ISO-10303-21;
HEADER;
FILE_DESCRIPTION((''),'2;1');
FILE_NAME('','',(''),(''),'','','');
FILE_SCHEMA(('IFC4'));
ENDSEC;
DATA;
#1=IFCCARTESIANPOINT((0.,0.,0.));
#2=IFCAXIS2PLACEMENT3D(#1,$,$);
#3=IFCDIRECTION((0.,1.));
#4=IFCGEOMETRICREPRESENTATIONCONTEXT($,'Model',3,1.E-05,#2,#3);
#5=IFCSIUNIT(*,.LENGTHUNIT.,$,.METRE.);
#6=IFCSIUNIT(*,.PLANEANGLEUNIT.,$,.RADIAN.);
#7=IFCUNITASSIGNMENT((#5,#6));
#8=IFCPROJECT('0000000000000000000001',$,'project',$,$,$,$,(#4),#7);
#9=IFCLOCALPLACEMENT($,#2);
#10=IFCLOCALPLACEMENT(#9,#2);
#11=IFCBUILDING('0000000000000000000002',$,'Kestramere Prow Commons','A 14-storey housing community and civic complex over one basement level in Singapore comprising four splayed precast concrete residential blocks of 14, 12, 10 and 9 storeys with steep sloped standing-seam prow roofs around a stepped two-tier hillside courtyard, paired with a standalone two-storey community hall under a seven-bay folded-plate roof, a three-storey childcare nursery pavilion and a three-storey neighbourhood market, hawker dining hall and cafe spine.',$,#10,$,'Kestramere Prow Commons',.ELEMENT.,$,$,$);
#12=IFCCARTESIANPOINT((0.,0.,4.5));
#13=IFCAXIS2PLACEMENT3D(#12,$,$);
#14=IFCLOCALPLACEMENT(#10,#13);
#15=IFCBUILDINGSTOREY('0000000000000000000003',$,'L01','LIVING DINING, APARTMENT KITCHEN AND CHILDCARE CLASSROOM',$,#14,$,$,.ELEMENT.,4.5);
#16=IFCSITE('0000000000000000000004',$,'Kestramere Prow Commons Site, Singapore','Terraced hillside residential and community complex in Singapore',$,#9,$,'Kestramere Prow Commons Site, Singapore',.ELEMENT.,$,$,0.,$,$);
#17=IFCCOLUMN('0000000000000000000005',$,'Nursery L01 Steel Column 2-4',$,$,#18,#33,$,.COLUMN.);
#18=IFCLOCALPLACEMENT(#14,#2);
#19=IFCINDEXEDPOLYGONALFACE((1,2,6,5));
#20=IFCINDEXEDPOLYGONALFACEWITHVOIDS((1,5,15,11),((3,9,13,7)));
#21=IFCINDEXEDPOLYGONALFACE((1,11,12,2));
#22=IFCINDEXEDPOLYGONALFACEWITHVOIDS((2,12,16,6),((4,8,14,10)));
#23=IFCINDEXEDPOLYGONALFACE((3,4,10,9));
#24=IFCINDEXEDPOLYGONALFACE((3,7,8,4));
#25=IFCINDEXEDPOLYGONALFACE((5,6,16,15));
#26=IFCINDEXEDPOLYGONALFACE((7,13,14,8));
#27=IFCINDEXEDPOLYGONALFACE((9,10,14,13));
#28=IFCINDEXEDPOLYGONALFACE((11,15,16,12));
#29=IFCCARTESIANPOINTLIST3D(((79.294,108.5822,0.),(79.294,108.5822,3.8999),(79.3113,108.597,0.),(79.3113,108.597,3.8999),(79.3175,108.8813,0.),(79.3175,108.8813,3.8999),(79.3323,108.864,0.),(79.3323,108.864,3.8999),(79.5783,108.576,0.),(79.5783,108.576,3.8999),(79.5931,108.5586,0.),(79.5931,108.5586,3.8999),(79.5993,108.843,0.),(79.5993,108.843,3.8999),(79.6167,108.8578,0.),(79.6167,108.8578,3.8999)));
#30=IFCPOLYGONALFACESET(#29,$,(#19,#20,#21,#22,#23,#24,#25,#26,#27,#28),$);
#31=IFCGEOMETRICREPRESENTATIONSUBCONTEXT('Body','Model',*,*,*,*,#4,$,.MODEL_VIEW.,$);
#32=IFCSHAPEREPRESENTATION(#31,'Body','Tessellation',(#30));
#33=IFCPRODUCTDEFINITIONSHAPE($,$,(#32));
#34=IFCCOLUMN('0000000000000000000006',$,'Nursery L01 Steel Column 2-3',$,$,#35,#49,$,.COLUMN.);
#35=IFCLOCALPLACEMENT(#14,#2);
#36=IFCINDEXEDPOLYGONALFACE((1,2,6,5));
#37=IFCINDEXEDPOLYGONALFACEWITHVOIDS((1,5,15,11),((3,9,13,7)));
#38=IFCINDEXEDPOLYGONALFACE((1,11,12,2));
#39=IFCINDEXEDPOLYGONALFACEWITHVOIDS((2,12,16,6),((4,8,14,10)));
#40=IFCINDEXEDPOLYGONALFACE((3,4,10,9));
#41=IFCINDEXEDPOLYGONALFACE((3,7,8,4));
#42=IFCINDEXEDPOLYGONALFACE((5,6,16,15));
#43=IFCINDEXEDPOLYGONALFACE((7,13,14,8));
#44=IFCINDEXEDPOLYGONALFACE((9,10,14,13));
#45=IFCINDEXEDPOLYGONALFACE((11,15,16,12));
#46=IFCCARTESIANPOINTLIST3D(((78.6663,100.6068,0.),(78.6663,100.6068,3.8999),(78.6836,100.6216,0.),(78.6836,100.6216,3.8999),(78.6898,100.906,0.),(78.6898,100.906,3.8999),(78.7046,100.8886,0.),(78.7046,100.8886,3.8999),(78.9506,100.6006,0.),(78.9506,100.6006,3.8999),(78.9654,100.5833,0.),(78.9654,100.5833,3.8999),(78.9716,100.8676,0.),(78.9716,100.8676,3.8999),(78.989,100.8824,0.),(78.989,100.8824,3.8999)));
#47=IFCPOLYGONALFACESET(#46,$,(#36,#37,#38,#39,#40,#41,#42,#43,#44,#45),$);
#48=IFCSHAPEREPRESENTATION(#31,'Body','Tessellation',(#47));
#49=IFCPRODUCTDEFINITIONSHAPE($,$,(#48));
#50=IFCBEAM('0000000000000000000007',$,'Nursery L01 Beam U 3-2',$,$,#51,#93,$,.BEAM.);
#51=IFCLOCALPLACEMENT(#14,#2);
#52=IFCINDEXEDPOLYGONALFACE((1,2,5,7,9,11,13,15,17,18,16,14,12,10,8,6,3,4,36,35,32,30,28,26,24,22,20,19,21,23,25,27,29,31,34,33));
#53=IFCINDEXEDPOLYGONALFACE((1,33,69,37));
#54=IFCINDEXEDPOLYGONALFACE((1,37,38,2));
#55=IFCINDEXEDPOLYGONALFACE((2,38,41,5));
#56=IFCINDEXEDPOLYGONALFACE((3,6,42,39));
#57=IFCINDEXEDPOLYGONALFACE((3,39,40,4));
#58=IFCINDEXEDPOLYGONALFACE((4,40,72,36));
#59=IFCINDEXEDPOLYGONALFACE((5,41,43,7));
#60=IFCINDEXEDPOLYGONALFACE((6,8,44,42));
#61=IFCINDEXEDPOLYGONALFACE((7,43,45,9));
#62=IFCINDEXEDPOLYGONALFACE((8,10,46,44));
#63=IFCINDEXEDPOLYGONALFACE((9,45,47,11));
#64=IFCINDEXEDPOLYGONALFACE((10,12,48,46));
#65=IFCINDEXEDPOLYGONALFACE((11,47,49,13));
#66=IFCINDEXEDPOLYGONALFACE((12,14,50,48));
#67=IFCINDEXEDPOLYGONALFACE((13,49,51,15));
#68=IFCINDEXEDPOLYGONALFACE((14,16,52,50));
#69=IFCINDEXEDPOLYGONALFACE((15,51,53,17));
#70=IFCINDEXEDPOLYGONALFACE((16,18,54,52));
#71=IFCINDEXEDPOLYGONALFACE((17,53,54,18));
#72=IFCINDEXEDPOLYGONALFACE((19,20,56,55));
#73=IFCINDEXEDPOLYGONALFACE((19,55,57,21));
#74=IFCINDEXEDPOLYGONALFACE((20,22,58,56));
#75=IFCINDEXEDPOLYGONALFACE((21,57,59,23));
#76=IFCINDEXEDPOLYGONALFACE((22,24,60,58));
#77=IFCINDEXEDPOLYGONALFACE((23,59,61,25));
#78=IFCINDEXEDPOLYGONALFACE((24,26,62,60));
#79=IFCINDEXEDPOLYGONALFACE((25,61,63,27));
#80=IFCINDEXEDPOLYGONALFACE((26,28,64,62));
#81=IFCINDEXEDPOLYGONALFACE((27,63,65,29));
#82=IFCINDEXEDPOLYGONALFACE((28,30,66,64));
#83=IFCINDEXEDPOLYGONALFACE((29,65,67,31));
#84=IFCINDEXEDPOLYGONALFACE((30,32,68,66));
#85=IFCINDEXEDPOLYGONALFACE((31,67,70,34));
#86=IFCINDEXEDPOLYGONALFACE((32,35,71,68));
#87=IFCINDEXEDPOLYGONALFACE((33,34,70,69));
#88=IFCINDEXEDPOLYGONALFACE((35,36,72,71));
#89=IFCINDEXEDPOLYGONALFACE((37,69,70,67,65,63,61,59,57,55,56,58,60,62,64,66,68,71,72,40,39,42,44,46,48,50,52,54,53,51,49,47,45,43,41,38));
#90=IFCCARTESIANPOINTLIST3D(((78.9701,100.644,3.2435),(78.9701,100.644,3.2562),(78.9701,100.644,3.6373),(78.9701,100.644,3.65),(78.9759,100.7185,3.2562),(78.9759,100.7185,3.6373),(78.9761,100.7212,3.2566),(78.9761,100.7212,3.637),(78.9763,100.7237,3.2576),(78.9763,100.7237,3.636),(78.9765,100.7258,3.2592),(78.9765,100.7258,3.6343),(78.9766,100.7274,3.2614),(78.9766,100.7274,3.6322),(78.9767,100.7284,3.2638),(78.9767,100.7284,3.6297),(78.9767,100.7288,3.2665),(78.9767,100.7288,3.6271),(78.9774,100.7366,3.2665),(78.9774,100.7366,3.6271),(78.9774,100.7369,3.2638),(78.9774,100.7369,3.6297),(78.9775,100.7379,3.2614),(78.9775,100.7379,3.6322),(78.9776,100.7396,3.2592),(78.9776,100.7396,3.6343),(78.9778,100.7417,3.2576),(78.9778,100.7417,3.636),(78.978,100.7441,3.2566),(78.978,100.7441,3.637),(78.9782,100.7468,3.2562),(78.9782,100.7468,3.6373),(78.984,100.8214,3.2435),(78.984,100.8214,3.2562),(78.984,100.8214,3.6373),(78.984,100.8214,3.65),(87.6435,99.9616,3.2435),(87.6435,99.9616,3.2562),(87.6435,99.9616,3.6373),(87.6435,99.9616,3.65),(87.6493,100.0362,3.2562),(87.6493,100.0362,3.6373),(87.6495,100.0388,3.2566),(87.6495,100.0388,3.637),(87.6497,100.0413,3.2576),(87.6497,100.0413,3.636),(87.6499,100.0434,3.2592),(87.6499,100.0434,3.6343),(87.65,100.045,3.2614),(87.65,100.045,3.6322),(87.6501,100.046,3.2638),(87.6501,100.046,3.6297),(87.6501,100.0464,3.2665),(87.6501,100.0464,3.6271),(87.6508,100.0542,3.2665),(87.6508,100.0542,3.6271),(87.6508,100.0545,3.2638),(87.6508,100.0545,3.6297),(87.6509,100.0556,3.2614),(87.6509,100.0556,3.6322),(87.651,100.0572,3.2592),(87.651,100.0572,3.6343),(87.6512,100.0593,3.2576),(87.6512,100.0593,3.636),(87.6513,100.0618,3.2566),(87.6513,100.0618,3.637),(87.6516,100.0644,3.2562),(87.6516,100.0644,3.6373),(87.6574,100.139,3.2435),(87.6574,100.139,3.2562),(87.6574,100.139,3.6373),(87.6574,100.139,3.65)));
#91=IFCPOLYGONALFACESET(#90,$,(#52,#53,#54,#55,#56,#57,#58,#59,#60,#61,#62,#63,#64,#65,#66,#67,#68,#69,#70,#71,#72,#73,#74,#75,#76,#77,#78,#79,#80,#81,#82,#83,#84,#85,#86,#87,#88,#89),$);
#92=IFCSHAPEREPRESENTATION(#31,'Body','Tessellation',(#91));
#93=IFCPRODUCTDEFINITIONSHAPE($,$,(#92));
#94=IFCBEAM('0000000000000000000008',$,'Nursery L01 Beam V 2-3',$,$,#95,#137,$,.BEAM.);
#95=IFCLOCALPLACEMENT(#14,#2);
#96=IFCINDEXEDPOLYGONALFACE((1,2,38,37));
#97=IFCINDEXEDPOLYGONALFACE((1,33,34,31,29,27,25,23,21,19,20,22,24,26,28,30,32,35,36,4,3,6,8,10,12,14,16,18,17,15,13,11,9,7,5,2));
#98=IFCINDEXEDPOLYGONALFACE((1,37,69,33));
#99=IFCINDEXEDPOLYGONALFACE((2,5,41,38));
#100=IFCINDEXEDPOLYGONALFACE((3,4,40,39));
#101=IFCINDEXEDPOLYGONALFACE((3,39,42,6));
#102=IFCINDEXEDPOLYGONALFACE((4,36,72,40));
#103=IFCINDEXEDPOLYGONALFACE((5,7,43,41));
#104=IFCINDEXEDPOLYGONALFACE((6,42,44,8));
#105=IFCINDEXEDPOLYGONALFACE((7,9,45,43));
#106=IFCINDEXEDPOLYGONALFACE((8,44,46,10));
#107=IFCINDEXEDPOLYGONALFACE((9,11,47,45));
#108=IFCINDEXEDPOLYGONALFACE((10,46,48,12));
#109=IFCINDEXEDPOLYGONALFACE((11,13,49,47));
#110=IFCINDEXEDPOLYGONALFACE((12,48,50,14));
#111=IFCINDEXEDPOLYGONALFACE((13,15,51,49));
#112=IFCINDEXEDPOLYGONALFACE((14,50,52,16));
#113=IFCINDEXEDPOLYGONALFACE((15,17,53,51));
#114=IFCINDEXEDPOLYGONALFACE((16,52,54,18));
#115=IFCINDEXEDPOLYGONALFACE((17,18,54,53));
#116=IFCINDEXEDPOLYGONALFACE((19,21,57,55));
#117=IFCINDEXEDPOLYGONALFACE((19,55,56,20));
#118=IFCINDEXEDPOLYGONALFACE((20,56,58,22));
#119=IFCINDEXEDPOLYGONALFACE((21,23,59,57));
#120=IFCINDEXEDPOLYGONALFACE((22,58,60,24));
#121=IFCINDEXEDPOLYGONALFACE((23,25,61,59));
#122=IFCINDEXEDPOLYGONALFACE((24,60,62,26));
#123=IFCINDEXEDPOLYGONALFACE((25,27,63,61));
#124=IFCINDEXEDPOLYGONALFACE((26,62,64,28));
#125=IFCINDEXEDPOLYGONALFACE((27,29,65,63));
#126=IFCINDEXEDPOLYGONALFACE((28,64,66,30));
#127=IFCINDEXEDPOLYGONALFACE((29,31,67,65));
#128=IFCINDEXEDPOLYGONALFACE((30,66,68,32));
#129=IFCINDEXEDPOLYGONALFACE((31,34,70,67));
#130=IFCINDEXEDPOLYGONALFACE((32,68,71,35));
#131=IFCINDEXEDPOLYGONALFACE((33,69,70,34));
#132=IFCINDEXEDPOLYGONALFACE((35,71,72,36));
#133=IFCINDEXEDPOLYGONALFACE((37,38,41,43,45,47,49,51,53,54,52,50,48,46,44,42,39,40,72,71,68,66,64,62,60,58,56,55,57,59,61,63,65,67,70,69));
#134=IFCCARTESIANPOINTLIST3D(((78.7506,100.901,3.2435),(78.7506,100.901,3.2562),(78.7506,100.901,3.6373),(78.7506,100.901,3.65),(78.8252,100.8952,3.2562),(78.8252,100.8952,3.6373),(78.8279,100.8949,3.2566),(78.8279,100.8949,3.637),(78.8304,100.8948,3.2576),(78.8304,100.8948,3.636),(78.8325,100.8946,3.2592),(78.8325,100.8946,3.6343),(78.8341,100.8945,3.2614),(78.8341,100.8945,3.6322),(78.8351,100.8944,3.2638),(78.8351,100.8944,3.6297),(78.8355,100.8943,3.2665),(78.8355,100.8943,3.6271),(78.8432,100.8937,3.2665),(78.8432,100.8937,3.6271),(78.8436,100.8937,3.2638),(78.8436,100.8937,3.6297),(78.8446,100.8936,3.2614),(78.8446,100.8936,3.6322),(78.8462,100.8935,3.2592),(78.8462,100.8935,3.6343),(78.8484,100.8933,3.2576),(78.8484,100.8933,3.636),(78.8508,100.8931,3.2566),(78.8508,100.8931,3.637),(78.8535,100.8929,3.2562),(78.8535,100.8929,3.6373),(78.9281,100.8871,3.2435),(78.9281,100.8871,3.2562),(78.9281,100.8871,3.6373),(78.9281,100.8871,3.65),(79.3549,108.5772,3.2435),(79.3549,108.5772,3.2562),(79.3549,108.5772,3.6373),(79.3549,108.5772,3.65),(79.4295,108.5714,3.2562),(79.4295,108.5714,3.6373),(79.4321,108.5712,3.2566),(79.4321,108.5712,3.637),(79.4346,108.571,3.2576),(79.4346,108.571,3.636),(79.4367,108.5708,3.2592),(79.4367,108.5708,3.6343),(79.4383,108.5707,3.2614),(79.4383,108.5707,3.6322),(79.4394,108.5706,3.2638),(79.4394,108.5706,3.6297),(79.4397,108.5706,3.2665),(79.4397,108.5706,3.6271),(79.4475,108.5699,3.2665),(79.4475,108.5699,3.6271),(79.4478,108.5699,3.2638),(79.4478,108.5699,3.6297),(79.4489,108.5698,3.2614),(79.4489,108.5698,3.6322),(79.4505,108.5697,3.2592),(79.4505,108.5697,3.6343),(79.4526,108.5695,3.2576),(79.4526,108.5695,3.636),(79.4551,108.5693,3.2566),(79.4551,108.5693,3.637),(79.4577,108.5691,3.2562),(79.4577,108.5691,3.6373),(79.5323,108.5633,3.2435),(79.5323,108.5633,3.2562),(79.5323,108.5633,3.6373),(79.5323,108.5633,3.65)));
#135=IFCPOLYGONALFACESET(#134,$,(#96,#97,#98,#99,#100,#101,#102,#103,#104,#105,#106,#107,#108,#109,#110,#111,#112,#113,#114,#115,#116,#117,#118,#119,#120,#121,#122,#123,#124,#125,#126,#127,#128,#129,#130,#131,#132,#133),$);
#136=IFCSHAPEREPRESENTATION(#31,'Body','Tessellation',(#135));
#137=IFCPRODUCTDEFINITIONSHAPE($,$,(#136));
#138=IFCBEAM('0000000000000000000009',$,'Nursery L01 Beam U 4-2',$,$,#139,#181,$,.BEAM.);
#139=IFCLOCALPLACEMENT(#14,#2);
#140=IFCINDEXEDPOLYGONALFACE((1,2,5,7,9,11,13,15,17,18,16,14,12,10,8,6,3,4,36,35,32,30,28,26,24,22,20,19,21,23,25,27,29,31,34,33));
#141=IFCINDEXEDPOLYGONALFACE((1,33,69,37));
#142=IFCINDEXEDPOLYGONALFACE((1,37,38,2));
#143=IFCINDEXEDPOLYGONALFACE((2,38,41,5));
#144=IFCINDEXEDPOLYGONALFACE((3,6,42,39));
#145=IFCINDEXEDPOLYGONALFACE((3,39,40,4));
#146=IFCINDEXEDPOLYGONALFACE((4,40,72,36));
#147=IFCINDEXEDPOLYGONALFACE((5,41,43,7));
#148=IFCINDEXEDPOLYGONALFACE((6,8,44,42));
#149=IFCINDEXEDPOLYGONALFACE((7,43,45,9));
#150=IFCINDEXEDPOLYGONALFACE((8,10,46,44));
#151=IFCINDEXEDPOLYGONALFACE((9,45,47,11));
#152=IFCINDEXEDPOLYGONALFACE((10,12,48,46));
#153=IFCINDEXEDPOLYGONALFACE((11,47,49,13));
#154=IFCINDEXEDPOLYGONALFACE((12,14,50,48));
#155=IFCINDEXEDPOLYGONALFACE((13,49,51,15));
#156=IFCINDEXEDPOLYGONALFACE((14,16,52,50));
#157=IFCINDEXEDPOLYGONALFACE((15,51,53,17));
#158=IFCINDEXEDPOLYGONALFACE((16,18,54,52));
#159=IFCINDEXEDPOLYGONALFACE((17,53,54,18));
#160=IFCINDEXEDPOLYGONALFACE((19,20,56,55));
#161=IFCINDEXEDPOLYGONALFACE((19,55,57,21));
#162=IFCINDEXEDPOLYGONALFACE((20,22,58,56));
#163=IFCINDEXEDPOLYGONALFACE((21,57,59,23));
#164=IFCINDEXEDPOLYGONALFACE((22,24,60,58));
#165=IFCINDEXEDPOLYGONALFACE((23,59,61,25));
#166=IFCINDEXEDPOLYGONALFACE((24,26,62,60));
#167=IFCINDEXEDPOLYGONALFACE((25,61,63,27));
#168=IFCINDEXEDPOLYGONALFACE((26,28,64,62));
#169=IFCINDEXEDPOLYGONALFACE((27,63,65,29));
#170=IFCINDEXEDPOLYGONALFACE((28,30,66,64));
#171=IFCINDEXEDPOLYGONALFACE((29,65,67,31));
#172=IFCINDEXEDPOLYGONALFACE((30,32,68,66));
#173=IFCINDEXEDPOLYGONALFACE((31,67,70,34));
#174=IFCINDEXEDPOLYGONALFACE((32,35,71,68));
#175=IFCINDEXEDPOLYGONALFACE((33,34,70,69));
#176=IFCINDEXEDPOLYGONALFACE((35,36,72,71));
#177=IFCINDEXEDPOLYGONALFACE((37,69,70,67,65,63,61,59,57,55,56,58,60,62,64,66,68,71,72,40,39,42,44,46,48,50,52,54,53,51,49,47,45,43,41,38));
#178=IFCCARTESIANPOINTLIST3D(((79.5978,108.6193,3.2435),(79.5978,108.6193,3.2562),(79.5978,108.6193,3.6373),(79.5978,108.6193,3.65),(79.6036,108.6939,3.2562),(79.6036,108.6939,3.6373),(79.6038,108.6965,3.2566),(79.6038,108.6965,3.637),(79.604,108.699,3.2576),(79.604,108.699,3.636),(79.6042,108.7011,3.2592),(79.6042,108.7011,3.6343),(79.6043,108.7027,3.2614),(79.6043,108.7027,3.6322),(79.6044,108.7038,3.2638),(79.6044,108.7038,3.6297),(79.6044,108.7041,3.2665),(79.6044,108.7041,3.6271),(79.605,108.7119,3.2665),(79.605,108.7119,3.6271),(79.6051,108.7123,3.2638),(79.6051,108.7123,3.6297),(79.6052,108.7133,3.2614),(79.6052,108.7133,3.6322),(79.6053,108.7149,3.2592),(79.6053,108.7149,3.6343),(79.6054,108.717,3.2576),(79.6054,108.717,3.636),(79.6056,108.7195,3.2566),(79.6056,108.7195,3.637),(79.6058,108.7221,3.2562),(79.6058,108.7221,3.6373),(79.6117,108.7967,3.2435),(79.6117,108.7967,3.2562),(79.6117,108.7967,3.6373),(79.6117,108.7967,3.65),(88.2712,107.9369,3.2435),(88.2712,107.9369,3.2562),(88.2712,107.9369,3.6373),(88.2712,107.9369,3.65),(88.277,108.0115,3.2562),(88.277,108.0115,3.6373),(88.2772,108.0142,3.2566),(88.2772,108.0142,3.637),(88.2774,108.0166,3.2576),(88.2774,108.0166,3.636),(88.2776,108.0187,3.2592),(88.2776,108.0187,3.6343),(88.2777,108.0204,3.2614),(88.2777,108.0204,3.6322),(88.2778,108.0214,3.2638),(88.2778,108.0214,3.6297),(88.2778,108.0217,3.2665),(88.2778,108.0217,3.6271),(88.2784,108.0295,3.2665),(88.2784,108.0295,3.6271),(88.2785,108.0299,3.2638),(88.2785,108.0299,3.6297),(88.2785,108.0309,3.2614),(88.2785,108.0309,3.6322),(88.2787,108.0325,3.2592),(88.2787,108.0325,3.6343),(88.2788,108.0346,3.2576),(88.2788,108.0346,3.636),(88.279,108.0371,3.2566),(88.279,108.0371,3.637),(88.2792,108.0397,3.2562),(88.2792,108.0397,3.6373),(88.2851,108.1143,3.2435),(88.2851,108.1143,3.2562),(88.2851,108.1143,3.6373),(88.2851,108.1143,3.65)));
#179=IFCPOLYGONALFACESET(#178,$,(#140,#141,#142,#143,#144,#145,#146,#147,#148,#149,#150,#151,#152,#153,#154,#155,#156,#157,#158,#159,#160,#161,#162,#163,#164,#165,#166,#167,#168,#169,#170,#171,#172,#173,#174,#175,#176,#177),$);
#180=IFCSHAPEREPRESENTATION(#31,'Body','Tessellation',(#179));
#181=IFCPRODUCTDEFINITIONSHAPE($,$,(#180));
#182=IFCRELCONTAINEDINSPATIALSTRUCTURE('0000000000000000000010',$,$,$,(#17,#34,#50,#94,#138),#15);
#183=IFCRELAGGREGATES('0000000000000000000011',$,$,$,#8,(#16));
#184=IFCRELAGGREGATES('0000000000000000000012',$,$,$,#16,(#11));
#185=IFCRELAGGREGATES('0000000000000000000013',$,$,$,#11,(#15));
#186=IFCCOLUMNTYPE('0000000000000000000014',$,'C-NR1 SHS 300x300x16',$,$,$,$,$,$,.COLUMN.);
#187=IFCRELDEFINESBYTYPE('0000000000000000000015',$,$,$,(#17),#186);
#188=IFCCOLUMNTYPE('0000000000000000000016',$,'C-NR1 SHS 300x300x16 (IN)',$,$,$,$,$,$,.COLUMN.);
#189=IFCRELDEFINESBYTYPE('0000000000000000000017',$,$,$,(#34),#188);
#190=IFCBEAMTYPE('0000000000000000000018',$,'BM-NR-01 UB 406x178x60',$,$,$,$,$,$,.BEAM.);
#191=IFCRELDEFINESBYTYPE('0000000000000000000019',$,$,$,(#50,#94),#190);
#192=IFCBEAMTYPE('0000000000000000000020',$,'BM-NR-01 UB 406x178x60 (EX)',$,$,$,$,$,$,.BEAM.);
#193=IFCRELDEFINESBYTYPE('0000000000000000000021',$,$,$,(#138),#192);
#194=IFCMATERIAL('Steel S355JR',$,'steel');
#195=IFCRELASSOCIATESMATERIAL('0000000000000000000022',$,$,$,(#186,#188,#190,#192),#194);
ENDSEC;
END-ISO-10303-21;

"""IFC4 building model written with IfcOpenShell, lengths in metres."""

from ifc_helpers import new_model, si_unit, direction, frame, origin, origin_2d, place, context, subcontext, project, spatial, hollow_rectangle, i_section, extrude, material, material_profile, profile_set, type_object, element, save


model = new_model("IFC4")

# Units and contexts
model_context = context("Model", 3, precision=1e-05, world=origin(), true_north=direction((0.0, 1.0)))
body_context = subcontext(model_context, "Body", "Model", "MODEL_VIEW")
ifc_project = project(units=[si_unit("LENGTHUNIT", "METRE"), si_unit("PLANEANGLEUNIT", "RADIAN")], contexts=[model_context])

# Site, building, storey
site_placement = place(None, origin())
site = spatial("IfcSite", under=ifc_project, at=site_placement, Name="Kestramere Prow Commons Site, Singapore", Description="Terraced hillside residential and community complex in Singapore", LongName="Kestramere Prow Commons Site, Singapore", CompositionType="ELEMENT", RefElevation=0.0)
building_placement = place(site_placement, origin())
building = spatial("IfcBuilding", under=site, at=building_placement, Name="Kestramere Prow Commons", Description="A 14-storey housing community and civic complex over one basement level in Singapore comprising four splayed precast concrete residential blocks of 14, 12, 10 and 9 storeys with steep sloped standing-seam prow roofs around a stepped two-tier hillside courtyard, paired with a standalone two-storey community hall under a seven-bay folded-plate roof, a three-storey childcare nursery pavilion and a three-storey neighbourhood market, hawker dining hall and cafe spine.", LongName="Kestramere Prow Commons", CompositionType="ELEMENT")
storey_placement = place(building_placement, frame((0.0, 0.0, 4.5)))
storey = spatial("IfcBuildingStorey", under=building, at=storey_placement, Name="L01", Description="LIVING DINING, APARTMENT KITCHEN AND CHILDCARE CLASSROOM", CompositionType="ELEMENT", Elevation=4.5)

# Columns
ifc_material_1 = material(Name="Steel S355JR", Category="steel")
ifc_material_profile_1 = material_profile(ifc_material_1, hollow_rectangle(XDim=0.3, YDim=0.3, WallThickness=0.0161, at=origin_2d()), Name="SHS 300x300x16")
ifc_profile_set_1 = profile_set([ifc_material_profile_1], Name="Steel S355JR")
column_type_1 = type_object("IfcColumnType", Name="C-NR1 SHS 300x300x16", PredefinedType="COLUMN", material=ifc_profile_set_1)
column_1_placement = place(storey_placement, frame((79.4553, 108.72, 0.0), z_axis=(0.0, 0.0, 1.0), x_axis=(0.996917, -0.078459, 0.0)))
element("IfcColumn", 1, at=column_1_placement, inside=storey, type_object=column_type_1, Name="Nursery L01 Steel Column 2-4", PredefinedType="COLUMN", context=body_context, shape_type="SweptSolid", body=[
    extrude(hollow_rectangle(XDim=0.3, YDim=0.3, WallThickness=0.0161, at=origin_2d()), origin(), (0.0, 0.0, 1.0), 3.8999),
])
ifc_material_profile_2 = material_profile(ifc_material_1, hollow_rectangle(XDim=0.3, YDim=0.3, WallThickness=0.0161, at=origin_2d()), Name="SHS 300x300x16")
ifc_profile_set_2 = profile_set([ifc_material_profile_2], Name="Steel S355JR")
column_type_2 = type_object("IfcColumnType", Name="C-NR1 SHS 300x300x16 (IN)", PredefinedType="COLUMN", material=ifc_profile_set_2)
column_2_placement = place(storey_placement, frame((78.8276, 100.7446, 0.0), z_axis=(0.0, 0.0, 1.0), x_axis=(0.996917, -0.078459, 0.0)))
element("IfcColumn", 2, at=column_2_placement, inside=storey, type_object=column_type_2, Name="Nursery L01 Steel Column 2-3", PredefinedType="COLUMN", context=body_context, shape_type="SweptSolid", body=[
    extrude(hollow_rectangle(XDim=0.3, YDim=0.3, WallThickness=0.0161, at=origin_2d()), origin(), (0.0, 0.0, 1.0), 3.8999),
])

# Beams
ifc_material_profile_3 = material_profile(ifc_material_1, i_section(OverallWidth=0.178, OverallDepth=0.4065, WebThickness=0.0078, FlangeThickness=0.0127, FilletRadius=0.0103, at=origin_2d()), Name="UB 406x178x60")
ifc_profile_set_3 = profile_set([ifc_material_profile_3], Name="Steel S355JR")
beam_type_1 = type_object("IfcBeamType", Name="BM-NR-01 UB 406x178x60", PredefinedType="BEAM", material=ifc_profile_set_3)
beam_1_placement = place(storey_placement, frame((78.9771, 100.7327, 3.4468), z_axis=(0.996919, -0.078432, 0.0), x_axis=(0.078432, 0.996919, 0.0)))
element("IfcBeam", 3, at=beam_1_placement, inside=storey, type_object=beam_type_1, Name="Nursery L01 Beam U 3-2", PredefinedType="BEAM", context=body_context, shape_type="SweptSolid", body=[
    extrude(i_section(OverallWidth=0.178, OverallDepth=0.4065, WebThickness=0.0078, FlangeThickness=0.0127, FilletRadius=0.0103, at=origin_2d()), origin(), (0.0, 0.0, 1.0), 8.7002),
])
beam_2_placement = place(storey_placement, frame((78.8394, 100.894, 3.4468), z_axis=(0.078474, 0.996916, 0.0), x_axis=(-0.996916, 0.078474, 0.0)))
element("IfcBeam", 4, at=beam_2_placement, inside=storey, type_object=beam_type_1, Name="Nursery L01 Beam V 2-3", PredefinedType="BEAM", context=body_context, shape_type="SweptSolid", body=[
    extrude(i_section(OverallWidth=0.178, OverallDepth=0.4065, WebThickness=0.0078, FlangeThickness=0.0127, FilletRadius=0.0103, at=origin_2d()), origin(), (0.0, 0.0, 1.0), 7.7),
])
ifc_material_profile_4 = material_profile(ifc_material_1, i_section(OverallWidth=0.178, OverallDepth=0.4065, WebThickness=0.0078, FlangeThickness=0.0127, FilletRadius=0.0103, at=origin_2d()), Name="UB 406x178x60")
ifc_profile_set_4 = profile_set([ifc_material_profile_4], Name="Steel S355JR")
beam_type_2 = type_object("IfcBeamType", Name="BM-NR-01 UB 406x178x60 (EX)", PredefinedType="BEAM", material=ifc_profile_set_4)
beam_3_placement = place(storey_placement, frame((79.6047, 108.708, 3.4468), z_axis=(0.996919, -0.078432, 0.0), x_axis=(0.078432, 0.996919, 0.0)))
element("IfcBeam", 5, at=beam_3_placement, inside=storey, type_object=beam_type_2, Name="Nursery L01 Beam U 4-2", PredefinedType="BEAM", context=body_context, shape_type="SweptSolid", body=[
    extrude(i_section(OverallWidth=0.178, OverallDepth=0.4065, WebThickness=0.0078, FlangeThickness=0.0127, FilletRadius=0.0103, at=origin_2d()), origin(), (0.0, 0.0, 1.0), 8.7002),
])

save(model, "model.ifc")
